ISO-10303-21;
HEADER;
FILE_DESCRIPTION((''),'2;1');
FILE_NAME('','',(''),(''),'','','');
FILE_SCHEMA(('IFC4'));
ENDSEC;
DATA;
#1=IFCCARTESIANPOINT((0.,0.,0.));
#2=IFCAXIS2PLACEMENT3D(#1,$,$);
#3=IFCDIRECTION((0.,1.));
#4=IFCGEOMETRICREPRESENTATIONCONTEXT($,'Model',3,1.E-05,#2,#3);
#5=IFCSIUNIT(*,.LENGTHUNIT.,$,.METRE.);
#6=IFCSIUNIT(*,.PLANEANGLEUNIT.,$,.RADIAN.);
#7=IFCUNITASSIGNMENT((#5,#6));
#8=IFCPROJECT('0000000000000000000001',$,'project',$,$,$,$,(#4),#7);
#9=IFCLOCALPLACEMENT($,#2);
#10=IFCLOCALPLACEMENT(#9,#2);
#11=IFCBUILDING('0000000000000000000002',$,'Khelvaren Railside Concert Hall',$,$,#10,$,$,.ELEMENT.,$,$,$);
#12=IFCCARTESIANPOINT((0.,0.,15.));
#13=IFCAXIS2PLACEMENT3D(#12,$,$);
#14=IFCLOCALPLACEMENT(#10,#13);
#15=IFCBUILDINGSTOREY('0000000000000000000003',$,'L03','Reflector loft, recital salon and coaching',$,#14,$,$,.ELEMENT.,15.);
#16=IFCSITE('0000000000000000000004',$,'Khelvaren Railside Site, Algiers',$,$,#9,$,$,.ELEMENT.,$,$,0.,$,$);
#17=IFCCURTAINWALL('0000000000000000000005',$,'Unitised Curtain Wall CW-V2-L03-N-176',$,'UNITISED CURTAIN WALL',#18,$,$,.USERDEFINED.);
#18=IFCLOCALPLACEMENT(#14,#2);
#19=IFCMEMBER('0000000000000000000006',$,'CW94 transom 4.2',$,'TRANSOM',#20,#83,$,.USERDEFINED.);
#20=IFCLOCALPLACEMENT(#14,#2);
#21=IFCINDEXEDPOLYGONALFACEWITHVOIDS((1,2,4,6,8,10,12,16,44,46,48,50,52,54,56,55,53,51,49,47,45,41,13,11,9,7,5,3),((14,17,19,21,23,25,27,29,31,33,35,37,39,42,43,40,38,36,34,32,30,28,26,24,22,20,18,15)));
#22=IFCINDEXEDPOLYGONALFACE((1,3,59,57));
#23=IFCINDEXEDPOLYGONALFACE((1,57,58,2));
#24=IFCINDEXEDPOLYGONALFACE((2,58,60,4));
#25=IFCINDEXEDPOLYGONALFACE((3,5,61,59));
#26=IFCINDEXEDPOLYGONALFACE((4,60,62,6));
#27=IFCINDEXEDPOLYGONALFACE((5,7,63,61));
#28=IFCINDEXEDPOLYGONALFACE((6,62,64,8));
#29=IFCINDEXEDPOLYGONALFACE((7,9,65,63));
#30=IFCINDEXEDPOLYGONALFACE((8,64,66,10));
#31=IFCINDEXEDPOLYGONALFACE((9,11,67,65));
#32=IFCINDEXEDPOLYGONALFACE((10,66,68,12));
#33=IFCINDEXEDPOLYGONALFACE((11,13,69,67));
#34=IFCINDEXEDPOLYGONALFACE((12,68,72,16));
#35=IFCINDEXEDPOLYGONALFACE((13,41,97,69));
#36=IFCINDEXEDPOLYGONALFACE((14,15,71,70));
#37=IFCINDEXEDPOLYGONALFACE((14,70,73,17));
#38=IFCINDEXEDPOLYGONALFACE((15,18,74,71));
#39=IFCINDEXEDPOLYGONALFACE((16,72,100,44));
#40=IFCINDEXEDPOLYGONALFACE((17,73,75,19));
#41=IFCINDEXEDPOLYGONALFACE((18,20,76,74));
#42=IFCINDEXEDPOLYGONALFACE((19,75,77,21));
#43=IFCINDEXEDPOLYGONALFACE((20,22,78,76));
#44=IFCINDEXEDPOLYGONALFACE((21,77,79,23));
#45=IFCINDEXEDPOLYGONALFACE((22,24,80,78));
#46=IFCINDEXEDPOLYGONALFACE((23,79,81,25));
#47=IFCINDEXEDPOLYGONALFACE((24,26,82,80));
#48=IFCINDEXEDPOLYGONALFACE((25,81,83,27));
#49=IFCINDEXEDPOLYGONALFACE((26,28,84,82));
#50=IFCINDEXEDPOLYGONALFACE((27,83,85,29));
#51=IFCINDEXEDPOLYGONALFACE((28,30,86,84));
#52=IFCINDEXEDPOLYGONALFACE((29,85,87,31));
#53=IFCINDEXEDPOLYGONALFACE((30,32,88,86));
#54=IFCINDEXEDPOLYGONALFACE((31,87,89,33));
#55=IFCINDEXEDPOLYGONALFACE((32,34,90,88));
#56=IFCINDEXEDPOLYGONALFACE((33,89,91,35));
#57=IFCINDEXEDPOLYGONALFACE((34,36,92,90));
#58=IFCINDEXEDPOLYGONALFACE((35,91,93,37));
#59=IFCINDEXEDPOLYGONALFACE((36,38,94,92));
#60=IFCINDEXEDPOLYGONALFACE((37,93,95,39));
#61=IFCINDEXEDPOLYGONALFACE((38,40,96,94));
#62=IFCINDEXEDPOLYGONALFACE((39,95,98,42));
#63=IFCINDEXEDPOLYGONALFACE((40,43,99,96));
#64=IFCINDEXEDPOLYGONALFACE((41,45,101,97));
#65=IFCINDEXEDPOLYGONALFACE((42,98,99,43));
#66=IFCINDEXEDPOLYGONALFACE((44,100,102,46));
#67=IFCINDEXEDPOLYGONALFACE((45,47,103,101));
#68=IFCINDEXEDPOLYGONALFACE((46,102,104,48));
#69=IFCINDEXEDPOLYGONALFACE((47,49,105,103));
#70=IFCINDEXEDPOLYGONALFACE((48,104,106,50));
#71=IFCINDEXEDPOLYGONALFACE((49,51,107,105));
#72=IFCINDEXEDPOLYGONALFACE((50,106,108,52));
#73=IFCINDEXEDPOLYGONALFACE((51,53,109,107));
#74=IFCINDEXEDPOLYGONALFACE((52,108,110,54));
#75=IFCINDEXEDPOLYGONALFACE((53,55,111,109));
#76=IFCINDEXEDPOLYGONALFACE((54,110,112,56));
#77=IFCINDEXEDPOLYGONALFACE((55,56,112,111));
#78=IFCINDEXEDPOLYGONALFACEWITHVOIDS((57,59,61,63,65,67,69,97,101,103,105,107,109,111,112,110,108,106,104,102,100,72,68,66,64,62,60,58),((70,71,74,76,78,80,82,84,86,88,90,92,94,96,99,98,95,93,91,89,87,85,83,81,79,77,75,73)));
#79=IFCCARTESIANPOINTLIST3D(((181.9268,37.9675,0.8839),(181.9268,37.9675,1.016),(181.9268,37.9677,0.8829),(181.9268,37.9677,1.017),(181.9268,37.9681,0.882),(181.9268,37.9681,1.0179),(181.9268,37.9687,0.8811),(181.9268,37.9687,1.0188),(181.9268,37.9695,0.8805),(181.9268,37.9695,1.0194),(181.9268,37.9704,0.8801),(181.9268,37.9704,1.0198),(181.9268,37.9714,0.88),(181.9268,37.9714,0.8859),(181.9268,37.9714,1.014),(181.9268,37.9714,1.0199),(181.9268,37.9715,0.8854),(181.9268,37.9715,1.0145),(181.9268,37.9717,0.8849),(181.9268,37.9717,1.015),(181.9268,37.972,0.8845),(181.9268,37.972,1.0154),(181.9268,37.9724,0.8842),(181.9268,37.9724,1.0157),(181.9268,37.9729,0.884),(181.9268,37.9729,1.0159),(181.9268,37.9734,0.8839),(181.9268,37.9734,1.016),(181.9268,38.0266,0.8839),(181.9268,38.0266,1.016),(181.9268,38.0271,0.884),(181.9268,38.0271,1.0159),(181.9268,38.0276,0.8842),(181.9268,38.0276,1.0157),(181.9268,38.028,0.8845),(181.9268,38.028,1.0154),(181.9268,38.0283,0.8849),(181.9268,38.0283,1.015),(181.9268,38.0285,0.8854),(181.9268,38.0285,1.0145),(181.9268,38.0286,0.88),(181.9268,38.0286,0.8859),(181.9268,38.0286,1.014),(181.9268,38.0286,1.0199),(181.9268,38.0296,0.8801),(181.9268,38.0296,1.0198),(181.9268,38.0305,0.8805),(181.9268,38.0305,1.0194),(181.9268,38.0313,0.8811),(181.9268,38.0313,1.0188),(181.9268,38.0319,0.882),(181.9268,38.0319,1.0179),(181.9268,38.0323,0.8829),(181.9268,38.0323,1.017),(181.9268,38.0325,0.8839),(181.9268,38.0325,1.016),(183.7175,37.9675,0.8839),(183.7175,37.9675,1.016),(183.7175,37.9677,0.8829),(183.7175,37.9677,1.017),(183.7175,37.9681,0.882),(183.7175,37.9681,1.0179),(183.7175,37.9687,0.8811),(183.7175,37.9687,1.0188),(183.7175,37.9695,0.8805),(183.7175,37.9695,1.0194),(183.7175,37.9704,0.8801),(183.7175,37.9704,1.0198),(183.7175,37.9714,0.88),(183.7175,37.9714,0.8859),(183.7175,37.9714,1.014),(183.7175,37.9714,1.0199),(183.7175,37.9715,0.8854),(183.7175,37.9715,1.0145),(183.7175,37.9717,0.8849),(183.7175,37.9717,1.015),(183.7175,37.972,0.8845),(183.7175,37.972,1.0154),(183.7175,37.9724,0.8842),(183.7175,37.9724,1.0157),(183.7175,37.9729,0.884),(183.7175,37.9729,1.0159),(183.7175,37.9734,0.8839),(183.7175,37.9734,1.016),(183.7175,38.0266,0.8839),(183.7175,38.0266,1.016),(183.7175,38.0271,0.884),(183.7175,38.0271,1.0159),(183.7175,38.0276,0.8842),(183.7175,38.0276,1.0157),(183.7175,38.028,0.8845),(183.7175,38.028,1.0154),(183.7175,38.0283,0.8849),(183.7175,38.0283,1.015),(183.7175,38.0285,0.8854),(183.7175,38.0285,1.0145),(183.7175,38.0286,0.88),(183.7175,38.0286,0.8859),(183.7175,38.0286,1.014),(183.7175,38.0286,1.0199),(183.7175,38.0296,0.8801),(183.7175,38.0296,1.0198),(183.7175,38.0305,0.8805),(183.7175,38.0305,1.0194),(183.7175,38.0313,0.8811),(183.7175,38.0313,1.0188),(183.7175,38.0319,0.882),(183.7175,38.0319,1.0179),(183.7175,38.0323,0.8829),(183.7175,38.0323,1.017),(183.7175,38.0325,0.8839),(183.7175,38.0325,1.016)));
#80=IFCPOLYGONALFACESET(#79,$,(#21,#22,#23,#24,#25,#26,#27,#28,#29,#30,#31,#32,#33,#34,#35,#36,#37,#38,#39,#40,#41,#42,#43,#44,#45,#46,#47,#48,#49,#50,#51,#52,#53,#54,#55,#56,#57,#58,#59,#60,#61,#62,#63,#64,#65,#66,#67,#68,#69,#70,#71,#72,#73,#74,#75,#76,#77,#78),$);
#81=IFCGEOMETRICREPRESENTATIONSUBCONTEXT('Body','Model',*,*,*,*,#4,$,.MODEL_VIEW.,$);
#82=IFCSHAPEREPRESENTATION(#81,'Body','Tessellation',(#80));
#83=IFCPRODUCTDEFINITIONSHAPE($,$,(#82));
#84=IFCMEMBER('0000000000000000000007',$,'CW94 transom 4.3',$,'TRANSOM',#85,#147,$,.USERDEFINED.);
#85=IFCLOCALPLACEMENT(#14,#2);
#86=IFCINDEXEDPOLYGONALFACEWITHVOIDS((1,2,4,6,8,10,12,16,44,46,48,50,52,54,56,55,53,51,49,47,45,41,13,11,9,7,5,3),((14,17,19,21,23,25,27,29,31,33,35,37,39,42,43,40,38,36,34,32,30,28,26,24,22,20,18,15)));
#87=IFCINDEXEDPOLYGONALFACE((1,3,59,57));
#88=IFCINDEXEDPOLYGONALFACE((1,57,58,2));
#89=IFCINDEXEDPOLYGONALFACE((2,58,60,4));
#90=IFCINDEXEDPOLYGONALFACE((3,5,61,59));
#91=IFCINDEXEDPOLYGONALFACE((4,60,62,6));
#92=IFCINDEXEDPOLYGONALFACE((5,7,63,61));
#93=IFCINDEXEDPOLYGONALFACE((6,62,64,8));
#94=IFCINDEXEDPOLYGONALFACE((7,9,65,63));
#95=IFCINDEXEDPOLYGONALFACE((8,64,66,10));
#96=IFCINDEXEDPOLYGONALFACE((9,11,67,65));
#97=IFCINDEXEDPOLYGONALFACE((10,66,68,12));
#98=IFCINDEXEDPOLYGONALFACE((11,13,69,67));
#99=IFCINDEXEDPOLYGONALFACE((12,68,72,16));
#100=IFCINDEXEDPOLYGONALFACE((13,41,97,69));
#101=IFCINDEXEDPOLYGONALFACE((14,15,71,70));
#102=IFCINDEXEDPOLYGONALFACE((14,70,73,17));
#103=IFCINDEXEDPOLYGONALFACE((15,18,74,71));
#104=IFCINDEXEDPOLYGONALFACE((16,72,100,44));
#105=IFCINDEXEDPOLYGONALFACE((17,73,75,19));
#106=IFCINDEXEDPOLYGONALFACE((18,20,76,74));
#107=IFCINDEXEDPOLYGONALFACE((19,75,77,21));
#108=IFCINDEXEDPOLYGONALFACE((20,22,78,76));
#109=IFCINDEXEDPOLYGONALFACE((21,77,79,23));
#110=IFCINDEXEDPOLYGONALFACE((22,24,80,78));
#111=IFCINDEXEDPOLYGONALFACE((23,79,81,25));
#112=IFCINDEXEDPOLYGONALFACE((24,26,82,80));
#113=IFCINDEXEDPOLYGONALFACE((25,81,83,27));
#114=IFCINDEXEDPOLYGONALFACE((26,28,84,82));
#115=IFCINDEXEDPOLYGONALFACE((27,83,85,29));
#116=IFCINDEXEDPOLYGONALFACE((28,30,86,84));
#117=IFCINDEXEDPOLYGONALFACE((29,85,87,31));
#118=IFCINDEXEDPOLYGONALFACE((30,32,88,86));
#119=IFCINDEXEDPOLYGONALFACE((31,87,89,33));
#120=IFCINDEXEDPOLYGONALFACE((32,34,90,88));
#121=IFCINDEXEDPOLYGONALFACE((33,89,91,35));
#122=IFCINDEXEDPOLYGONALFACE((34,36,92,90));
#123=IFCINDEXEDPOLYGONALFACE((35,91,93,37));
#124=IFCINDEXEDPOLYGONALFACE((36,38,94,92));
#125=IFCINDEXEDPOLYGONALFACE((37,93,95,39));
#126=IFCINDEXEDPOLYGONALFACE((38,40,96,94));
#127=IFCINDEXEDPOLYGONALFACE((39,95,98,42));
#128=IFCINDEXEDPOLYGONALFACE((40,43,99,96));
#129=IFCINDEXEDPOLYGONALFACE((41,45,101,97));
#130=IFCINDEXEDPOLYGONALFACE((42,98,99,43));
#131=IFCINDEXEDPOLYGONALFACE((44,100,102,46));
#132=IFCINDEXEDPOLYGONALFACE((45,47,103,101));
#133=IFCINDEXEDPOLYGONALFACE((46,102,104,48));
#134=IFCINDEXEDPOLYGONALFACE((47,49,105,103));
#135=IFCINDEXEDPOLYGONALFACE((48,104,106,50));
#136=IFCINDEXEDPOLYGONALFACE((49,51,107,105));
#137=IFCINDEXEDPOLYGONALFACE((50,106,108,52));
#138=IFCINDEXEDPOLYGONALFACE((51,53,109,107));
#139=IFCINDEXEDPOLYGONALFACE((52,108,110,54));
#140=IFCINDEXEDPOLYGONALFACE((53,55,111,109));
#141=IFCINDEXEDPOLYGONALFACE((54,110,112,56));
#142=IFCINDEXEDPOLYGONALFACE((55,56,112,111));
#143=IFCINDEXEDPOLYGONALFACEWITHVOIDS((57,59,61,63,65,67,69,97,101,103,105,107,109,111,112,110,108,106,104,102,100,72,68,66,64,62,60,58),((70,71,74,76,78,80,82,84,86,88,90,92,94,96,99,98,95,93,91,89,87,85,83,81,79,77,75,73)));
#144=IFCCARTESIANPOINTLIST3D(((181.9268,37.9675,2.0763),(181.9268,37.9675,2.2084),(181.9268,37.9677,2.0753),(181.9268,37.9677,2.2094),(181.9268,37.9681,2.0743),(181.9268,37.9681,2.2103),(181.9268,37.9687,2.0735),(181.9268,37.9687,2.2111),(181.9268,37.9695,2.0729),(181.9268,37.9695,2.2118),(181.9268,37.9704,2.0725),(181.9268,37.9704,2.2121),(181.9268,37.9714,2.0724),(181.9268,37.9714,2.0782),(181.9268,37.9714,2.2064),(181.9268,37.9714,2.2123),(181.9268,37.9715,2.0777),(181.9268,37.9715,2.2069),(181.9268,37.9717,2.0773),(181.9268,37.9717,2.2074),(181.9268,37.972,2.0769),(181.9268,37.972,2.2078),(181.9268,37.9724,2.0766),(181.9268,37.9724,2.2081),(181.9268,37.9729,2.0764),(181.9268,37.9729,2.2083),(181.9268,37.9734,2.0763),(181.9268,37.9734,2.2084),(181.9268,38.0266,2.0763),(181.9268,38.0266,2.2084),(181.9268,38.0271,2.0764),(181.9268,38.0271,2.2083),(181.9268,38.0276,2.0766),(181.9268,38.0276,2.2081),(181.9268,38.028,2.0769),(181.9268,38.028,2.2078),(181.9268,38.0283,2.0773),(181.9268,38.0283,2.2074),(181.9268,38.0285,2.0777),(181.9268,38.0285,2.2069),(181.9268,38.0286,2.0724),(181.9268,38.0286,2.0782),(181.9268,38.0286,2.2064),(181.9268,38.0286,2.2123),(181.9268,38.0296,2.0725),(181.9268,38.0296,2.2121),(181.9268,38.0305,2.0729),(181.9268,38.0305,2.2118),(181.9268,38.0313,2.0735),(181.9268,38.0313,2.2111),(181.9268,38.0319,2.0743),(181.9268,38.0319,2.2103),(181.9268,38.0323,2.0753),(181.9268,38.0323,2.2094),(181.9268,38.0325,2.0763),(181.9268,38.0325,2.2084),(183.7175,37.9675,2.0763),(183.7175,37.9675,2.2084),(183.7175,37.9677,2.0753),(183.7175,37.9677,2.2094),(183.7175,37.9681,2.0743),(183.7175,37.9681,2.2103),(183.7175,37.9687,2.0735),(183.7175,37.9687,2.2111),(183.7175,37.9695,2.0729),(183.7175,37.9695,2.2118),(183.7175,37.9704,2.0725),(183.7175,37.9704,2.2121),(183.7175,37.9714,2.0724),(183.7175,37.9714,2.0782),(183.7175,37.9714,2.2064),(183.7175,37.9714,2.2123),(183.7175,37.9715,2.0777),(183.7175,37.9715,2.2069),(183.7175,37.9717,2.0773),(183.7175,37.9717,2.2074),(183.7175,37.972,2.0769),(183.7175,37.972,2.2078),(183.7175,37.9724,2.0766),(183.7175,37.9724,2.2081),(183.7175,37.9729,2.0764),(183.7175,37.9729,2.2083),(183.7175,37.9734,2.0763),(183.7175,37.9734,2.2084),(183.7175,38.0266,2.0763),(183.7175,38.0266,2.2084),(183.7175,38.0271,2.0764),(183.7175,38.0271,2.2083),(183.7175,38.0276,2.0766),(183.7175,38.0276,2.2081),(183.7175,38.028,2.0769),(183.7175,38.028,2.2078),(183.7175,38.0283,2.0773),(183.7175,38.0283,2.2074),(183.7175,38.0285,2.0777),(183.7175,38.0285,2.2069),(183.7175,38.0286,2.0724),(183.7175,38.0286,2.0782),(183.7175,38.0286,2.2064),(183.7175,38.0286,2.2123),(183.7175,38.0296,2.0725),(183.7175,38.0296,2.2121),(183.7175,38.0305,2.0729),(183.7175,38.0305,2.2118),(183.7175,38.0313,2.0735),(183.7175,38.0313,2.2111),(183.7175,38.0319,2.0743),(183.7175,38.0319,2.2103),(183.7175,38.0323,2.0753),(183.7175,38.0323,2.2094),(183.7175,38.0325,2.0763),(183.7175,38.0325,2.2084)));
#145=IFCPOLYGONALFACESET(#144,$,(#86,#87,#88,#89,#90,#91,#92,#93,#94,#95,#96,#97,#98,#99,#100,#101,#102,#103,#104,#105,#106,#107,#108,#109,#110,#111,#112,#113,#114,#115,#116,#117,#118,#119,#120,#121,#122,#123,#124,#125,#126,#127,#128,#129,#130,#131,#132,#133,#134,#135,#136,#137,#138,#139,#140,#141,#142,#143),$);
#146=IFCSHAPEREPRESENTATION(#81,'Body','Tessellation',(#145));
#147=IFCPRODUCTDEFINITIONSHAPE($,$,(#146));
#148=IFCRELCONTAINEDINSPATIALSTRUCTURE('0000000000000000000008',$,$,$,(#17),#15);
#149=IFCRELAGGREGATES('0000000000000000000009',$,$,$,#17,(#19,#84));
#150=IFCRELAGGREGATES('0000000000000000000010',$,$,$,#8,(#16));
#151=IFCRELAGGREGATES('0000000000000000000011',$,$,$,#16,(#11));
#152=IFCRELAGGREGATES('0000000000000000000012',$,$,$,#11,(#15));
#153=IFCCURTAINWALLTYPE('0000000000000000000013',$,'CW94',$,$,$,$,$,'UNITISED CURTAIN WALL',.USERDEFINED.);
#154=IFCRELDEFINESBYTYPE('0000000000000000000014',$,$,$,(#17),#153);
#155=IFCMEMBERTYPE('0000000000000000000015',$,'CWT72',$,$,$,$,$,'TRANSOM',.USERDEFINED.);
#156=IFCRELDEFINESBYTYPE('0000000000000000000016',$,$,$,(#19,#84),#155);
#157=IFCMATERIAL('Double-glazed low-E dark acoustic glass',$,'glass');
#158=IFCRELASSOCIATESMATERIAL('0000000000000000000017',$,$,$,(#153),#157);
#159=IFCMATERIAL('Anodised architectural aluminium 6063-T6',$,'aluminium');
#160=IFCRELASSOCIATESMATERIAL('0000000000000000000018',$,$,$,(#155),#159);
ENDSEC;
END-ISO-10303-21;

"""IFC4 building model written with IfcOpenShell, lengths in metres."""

from ifc_helpers import new_model, si_unit, direction, frame, origin, origin_2d, place, context, subcontext, project, spatial, hollow_rectangle, extrude, material, material_profile, profile_set, type_object, element, aggregate, save


model = new_model("IFC4")

# Units and contexts
model_context = context("Model", 3, precision=1e-05, world=origin(), true_north=direction((0.0, 1.0)))
body_context = subcontext(model_context, "Body", "Model", "MODEL_VIEW")
ifc_project = project(units=[si_unit("LENGTHUNIT", "METRE"), si_unit("PLANEANGLEUNIT", "RADIAN")], contexts=[model_context])

# Site, building, storey
site_placement = place(None, origin())
site = spatial("IfcSite", under=ifc_project, at=site_placement, Name="Khelvaren Railside Site, Algiers", CompositionType="ELEMENT", RefElevation=0.0)
building_placement = place(site_placement, origin())
building = spatial("IfcBuilding", under=site, at=building_placement, Name="Khelvaren Railside Concert Hall", CompositionType="ELEMENT")
storey_placement = place(building_placement, frame((0.0, 0.0, 15.0)))
storey = spatial("IfcBuildingStorey", under=building, at=storey_placement, Name="L03", Description="Reflector loft, recital salon and coaching", CompositionType="ELEMENT", Elevation=15.0)

# Curtain wall, members
ifc_material_1 = material(Name="Double-glazed low-E dark acoustic glass", Category="glass")
curtain_wall_type = type_object("IfcCurtainWallType", Name="CW94", ElementType="UNITISED CURTAIN WALL", PredefinedType="USERDEFINED", material=ifc_material_1)
curtain_wall_placement = place(storey_placement, origin())
curtain_wall = element("IfcCurtainWall", 1, at=curtain_wall_placement, inside=storey, type_object=curtain_wall_type, Name="Unitised Curtain Wall CW-V2-L03-N-176", ObjectType="UNITISED CURTAIN WALL", PredefinedType="USERDEFINED")
ifc_material_2 = material(Name="Anodised architectural aluminium 6063-T6", Category="aluminium")
ifc_material_profile_1 = material_profile(ifc_material_2, hollow_rectangle(XDim=0.0649, YDim=0.1399, WallThickness=0.0039, InnerFilletRadius=0.002, OuterFilletRadius=0.0039, at=origin_2d()), Name="CWT 65x140x4")
ifc_profile_set_1 = profile_set([ifc_material_profile_1], Name="Anodised architectural aluminium 6063-T6")
member_type_1 = type_object("IfcMemberType", Name="CWT72", ElementType="TRANSOM", PredefinedType="USERDEFINED", material=ifc_profile_set_1)
member_1_placement = place(storey_placement, frame((181.9268, 38.0, 0.95), z_axis=(1.0, 0.0, 0.0), x_axis=(0.0, 1.0, 0.0)))
member_1 = element("IfcMember", 2, at=member_1_placement, type_object=member_type_1, Name="CW94 transom 4.2", ObjectType="TRANSOM", PredefinedType="USERDEFINED", context=body_context, shape_type="SweptSolid", body=[
    extrude(hollow_rectangle(XDim=0.0649, YDim=0.1399, WallThickness=0.0039, InnerFilletRadius=0.002, OuterFilletRadius=0.0039, at=origin_2d()), origin(), (0.0, 0.0, 1.0), 1.7908),
])
member_2_placement = place(storey_placement, frame((181.9268, 38.0, 2.1423), z_axis=(1.0, 0.0, 0.0), x_axis=(0.0, 1.0, 0.0)))
member_2 = element("IfcMember", 3, at=member_2_placement, type_object=member_type_1, Name="CW94 transom 4.3", ObjectType="TRANSOM", PredefinedType="USERDEFINED", context=body_context, shape_type="SweptSolid", body=[
    extrude(hollow_rectangle(XDim=0.0649, YDim=0.1399, WallThickness=0.0039, InnerFilletRadius=0.002, OuterFilletRadius=0.0039, at=origin_2d()), origin(), (0.0, 0.0, 1.0), 1.7908),
])

aggregate(curtain_wall, [member_1, member_2])

save(model, "model.ifc")
